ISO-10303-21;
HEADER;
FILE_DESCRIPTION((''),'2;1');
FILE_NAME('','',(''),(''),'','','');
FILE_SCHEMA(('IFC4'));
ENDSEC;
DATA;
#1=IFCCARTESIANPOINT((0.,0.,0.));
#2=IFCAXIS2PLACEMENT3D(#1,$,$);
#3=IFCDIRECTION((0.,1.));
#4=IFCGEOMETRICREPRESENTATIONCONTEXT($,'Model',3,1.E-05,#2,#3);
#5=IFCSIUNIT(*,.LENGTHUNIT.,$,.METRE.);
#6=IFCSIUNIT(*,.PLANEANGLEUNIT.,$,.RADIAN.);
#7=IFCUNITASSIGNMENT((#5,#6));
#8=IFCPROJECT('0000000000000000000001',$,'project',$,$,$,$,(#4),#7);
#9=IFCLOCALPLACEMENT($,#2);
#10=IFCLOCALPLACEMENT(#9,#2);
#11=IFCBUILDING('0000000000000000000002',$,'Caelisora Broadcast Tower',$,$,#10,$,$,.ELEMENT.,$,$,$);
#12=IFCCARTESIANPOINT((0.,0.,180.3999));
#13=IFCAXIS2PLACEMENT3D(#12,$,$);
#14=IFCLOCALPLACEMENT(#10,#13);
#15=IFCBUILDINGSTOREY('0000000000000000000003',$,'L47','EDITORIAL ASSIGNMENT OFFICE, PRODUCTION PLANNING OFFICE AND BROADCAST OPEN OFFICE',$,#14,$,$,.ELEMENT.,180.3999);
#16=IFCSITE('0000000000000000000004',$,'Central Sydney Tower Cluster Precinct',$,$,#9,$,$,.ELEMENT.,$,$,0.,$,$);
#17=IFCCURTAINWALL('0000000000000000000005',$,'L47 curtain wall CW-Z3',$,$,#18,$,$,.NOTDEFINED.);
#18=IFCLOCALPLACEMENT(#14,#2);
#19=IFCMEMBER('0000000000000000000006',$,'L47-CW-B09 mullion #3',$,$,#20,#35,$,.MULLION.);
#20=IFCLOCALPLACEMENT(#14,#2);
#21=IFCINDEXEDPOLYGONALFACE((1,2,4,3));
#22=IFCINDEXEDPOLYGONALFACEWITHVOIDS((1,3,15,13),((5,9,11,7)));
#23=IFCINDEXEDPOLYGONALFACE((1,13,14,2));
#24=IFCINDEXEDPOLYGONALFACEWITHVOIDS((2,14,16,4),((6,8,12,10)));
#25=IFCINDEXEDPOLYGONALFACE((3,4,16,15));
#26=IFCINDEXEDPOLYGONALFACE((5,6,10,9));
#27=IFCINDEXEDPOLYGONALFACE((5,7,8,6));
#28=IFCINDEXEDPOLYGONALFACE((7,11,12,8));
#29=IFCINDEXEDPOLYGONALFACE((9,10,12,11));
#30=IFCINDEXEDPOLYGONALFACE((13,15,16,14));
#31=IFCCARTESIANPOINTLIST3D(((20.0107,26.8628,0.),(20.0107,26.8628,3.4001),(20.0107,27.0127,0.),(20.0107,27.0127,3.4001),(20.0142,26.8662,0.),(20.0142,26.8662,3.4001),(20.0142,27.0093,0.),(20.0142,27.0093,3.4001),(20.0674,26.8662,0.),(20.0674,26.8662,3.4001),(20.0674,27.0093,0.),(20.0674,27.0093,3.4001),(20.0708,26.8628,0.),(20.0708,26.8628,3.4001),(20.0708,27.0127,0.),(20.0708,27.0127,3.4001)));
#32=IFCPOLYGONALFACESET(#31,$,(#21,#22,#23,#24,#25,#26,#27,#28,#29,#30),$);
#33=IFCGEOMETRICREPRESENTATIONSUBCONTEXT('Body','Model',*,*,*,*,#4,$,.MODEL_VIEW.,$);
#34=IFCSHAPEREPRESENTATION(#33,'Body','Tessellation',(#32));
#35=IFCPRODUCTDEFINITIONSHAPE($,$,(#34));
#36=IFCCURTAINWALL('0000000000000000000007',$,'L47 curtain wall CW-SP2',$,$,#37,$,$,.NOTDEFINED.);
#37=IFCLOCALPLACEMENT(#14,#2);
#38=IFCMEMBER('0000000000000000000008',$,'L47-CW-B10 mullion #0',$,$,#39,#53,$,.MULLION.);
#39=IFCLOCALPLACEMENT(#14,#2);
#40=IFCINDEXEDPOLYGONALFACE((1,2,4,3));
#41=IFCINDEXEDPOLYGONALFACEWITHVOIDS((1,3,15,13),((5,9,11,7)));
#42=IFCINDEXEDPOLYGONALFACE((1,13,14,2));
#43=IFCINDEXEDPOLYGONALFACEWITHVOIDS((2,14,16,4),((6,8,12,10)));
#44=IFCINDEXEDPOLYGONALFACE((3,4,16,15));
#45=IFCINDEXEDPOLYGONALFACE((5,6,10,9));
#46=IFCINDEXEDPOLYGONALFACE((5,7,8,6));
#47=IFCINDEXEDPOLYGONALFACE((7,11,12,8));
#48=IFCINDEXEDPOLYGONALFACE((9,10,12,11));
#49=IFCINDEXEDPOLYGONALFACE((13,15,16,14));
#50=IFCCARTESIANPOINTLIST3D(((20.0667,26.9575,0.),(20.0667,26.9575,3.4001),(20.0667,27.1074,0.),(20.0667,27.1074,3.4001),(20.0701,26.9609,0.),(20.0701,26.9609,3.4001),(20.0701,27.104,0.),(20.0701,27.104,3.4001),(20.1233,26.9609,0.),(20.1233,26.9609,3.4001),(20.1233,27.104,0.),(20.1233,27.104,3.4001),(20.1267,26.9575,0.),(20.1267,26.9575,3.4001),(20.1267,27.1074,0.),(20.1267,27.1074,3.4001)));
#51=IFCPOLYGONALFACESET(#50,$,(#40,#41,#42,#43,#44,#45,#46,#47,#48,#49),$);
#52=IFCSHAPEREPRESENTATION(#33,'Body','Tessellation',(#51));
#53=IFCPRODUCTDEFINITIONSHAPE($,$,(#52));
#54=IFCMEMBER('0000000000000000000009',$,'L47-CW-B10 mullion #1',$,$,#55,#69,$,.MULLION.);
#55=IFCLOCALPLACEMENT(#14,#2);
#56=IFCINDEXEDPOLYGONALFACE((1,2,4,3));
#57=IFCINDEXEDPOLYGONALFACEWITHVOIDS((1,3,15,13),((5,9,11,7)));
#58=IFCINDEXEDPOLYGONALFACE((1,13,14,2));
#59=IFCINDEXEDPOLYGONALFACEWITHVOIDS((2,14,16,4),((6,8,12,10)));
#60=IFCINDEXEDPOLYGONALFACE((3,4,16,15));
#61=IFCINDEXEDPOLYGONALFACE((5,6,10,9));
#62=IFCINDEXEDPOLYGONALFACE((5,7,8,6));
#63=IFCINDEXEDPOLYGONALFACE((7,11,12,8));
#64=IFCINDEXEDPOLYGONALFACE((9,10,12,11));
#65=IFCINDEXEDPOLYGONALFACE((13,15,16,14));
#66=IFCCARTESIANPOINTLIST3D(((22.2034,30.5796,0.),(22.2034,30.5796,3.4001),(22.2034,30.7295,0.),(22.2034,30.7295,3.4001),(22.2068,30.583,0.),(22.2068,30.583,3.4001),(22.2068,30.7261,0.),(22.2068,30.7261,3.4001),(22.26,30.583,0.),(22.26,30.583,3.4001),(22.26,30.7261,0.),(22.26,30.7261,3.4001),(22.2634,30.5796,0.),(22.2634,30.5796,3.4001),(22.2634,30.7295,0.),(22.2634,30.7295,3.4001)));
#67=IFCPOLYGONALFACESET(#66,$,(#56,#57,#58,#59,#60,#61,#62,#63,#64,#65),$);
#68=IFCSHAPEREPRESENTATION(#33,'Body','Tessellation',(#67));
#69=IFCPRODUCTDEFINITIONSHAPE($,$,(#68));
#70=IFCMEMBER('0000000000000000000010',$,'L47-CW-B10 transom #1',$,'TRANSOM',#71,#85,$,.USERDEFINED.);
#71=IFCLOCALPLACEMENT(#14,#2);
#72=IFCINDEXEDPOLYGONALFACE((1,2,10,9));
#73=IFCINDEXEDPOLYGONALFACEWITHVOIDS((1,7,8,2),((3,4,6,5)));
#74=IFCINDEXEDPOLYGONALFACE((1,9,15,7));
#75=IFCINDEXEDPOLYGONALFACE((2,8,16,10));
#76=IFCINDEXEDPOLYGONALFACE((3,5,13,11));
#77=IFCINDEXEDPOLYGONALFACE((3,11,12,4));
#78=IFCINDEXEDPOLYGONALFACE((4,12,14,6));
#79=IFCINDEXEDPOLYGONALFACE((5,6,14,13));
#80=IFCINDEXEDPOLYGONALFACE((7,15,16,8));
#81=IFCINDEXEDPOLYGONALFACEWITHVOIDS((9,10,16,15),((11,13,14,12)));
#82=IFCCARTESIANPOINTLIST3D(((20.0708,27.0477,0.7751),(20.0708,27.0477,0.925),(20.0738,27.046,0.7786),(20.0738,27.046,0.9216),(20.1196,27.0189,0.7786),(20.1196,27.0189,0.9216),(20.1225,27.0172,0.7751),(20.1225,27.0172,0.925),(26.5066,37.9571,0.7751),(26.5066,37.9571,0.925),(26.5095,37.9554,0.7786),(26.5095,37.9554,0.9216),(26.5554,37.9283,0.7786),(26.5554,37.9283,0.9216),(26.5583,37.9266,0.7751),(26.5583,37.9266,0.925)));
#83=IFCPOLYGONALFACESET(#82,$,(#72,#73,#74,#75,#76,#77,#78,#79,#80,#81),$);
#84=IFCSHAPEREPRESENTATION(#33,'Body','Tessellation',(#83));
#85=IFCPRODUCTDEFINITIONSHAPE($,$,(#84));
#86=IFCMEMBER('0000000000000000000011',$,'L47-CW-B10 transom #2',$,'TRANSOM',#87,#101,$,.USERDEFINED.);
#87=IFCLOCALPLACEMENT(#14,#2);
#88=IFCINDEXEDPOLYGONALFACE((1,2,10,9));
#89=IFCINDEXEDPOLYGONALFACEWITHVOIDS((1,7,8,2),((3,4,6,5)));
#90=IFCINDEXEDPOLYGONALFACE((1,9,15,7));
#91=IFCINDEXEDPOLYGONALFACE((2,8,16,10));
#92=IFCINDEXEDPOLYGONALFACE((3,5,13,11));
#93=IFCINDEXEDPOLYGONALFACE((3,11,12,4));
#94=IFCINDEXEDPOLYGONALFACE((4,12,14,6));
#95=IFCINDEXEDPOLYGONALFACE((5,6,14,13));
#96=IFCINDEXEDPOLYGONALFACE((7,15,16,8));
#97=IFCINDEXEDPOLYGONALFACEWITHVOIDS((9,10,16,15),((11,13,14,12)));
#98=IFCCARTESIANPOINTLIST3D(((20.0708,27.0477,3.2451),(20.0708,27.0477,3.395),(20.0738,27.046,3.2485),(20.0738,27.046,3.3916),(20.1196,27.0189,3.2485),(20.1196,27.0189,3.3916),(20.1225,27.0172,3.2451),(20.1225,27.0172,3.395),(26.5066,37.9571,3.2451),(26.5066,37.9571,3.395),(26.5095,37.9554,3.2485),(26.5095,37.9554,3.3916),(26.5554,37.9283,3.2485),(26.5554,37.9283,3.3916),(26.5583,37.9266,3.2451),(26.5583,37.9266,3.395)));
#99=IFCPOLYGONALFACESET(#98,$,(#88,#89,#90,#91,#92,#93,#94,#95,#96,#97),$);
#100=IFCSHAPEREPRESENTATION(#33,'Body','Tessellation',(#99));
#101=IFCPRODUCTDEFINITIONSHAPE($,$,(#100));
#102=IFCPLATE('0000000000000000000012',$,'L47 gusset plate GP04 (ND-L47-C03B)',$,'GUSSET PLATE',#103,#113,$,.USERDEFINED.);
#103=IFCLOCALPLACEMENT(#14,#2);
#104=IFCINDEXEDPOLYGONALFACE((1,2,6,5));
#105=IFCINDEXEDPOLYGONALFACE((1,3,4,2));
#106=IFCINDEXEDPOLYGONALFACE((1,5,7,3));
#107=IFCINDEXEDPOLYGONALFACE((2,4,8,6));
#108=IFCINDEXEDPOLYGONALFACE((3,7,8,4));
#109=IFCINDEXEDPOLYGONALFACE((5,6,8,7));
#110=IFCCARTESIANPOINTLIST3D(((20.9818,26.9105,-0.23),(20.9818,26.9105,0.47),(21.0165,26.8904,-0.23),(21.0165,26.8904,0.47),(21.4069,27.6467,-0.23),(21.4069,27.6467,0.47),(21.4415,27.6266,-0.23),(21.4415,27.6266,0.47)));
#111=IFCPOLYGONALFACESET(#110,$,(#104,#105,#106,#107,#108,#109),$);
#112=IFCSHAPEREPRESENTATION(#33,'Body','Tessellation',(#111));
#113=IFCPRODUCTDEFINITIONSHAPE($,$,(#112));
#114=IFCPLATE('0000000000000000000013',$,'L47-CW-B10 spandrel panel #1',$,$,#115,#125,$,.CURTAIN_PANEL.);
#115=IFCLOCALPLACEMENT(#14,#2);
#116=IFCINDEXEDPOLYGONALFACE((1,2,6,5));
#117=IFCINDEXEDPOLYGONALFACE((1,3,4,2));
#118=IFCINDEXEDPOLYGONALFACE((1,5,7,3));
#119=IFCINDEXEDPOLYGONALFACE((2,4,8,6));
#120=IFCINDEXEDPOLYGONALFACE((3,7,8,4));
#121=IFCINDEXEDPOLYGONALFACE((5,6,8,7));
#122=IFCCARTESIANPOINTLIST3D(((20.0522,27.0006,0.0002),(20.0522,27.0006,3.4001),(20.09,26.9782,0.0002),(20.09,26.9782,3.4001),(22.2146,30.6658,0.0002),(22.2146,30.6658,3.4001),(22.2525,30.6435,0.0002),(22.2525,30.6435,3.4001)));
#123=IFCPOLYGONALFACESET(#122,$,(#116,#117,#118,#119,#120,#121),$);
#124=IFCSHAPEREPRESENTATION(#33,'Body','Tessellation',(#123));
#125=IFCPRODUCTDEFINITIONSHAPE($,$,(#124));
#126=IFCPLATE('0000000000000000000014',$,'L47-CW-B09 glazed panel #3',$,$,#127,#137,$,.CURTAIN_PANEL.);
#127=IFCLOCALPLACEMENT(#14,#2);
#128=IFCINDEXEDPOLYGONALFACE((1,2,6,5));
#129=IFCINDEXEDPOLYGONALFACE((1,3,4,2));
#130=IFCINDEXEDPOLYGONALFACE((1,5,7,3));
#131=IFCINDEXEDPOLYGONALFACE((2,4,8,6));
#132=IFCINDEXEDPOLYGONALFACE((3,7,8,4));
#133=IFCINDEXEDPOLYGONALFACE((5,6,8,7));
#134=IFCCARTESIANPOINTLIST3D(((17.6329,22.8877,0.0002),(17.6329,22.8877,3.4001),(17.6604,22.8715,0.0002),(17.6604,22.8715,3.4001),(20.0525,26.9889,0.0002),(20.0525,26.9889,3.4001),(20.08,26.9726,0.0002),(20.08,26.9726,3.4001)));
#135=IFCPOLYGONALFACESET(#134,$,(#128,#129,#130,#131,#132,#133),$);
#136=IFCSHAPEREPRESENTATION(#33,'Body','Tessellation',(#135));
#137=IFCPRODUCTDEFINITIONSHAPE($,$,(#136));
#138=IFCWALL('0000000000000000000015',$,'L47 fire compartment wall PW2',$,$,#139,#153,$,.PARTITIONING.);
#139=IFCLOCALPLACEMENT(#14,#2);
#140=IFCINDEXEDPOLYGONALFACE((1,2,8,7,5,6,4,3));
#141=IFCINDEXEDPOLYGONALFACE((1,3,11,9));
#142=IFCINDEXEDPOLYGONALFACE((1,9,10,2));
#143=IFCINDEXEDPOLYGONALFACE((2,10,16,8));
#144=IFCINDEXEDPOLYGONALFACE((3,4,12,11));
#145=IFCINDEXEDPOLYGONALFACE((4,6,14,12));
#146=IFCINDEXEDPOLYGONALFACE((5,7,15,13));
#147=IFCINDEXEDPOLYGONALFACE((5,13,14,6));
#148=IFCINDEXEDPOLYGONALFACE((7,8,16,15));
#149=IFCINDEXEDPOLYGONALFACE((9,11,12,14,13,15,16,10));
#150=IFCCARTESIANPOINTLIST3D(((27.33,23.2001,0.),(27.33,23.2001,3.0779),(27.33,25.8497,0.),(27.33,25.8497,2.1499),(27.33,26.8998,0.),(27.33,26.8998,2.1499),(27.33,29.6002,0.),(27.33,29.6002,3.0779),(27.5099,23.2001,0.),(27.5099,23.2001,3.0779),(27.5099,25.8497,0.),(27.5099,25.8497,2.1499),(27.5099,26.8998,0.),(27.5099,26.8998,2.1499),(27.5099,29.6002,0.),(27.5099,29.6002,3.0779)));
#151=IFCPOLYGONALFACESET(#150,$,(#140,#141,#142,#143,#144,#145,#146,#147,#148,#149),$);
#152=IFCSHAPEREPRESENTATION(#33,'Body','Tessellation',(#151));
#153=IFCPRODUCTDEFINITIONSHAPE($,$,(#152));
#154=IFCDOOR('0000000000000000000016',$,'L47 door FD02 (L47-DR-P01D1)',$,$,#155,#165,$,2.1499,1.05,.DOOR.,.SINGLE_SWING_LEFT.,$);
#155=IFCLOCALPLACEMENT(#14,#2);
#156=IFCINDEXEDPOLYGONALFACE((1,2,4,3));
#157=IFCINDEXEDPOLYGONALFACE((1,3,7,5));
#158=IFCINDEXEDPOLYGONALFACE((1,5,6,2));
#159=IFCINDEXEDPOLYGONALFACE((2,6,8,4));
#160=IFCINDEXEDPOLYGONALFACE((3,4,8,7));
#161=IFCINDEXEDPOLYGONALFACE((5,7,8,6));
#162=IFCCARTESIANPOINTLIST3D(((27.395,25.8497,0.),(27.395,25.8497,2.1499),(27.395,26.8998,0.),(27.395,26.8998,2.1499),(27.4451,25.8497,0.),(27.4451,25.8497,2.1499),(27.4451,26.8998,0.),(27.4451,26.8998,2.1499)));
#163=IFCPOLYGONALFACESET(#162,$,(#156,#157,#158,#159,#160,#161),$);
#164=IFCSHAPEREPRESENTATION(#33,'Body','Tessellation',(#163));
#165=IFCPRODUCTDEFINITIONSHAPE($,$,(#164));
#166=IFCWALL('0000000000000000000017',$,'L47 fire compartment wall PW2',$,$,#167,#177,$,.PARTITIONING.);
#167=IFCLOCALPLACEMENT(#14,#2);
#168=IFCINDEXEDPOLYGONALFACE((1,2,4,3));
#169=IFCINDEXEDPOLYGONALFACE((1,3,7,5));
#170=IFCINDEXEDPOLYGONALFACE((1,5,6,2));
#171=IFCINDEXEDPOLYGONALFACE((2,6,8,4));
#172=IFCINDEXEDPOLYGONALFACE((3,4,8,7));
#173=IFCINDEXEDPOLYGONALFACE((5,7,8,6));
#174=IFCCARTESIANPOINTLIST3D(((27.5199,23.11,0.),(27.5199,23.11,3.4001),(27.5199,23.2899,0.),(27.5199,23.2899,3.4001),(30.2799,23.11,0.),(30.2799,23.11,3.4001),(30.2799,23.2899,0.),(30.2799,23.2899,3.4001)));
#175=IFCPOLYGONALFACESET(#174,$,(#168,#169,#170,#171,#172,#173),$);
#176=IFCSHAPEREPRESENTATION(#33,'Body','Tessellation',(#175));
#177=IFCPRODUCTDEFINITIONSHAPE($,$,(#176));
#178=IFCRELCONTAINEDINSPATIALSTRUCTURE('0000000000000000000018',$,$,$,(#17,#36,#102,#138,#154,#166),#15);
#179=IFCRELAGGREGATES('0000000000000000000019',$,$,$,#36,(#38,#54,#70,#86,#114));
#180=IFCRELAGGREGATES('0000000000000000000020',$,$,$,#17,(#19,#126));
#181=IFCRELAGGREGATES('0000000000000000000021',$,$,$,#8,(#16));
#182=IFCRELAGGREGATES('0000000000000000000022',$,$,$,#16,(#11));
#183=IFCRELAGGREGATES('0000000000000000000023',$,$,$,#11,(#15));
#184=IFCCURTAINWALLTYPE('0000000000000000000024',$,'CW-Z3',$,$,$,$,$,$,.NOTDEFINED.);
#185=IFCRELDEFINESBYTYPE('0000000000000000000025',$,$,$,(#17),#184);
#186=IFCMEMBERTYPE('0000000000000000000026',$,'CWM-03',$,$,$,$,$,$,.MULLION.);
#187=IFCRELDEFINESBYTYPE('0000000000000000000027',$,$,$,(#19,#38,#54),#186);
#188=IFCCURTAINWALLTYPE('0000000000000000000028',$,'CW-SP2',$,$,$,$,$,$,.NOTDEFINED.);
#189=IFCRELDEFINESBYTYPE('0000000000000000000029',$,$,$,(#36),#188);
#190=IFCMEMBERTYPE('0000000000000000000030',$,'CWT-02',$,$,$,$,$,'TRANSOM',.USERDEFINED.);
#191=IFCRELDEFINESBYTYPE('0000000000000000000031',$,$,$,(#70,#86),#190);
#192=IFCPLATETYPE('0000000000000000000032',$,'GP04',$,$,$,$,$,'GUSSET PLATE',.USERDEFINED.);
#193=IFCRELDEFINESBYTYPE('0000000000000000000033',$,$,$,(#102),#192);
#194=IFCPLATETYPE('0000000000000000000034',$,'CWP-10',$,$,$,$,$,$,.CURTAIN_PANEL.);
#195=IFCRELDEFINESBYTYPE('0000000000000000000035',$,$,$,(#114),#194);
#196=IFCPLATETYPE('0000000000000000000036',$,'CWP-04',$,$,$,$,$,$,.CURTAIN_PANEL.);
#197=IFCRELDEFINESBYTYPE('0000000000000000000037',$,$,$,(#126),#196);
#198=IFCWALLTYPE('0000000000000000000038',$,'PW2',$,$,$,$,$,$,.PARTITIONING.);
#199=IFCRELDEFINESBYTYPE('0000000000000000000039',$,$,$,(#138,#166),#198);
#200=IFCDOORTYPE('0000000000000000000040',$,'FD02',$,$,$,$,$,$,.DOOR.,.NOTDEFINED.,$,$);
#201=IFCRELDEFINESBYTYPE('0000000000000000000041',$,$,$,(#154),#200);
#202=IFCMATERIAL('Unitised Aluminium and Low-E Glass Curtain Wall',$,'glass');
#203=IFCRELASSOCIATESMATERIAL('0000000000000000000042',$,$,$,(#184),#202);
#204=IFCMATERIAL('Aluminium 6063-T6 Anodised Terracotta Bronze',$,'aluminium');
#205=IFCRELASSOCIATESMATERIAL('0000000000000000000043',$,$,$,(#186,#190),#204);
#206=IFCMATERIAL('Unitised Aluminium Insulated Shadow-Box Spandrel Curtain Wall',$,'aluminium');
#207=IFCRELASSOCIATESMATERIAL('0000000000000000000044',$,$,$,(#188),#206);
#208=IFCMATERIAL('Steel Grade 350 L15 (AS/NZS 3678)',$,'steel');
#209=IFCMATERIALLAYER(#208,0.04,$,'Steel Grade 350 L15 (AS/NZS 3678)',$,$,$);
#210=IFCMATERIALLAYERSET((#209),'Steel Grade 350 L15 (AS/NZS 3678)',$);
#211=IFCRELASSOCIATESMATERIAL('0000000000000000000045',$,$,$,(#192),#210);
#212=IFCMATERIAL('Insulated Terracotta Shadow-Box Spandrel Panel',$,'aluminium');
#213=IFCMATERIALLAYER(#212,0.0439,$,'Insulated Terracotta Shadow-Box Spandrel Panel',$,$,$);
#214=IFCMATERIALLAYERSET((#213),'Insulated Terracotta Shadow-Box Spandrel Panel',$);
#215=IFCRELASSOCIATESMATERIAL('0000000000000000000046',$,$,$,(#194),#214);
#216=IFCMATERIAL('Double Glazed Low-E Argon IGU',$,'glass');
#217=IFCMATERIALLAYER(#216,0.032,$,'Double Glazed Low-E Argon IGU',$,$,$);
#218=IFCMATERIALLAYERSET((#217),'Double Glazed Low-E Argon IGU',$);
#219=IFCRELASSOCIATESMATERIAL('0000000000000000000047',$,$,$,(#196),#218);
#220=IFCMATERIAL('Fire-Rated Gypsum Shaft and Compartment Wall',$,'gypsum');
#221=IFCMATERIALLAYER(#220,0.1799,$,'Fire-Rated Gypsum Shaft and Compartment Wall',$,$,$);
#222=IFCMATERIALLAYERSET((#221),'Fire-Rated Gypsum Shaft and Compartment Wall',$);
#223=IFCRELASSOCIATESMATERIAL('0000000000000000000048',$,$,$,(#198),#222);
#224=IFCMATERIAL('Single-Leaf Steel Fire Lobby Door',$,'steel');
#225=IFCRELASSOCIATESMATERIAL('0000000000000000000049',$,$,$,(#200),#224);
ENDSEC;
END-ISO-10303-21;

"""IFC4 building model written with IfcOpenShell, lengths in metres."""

from ifc_helpers import new_model, si_unit, direction, frame, frame_2d, origin, origin_2d, place, context, subcontext, project, spatial, rectangle, hollow_rectangle, extrude, source, transform, mapped, material, layer, layer_set, material_profile, profile_set, type_object, type_shapes, element, fill, aggregate, save


model = new_model("IFC4")

# Units and contexts
model_context = context("Model", 3, precision=1e-05, world=origin(), true_north=direction((0.0, 1.0)))
body_context = subcontext(model_context, "Body", "Model", "MODEL_VIEW")
ifc_project = project(units=[si_unit("LENGTHUNIT", "METRE"), si_unit("PLANEANGLEUNIT", "RADIAN")], contexts=[model_context])

# Site, building, storey
site_placement = place(None, origin())
site = spatial("IfcSite", under=ifc_project, at=site_placement, Name="Central Sydney Tower Cluster Precinct", CompositionType="ELEMENT", RefElevation=0.0)
building_placement = place(site_placement, origin())
building = spatial("IfcBuilding", under=site, at=building_placement, Name="Caelisora Broadcast Tower", CompositionType="ELEMENT")
storey_placement = place(building_placement, frame((0.0, 0.0, 180.3999)))
storey = spatial("IfcBuildingStorey", under=building, at=storey_placement, Name="L47", Description="EDITORIAL ASSIGNMENT OFFICE, PRODUCTION PLANNING OFFICE AND BROADCAST OPEN OFFICE", CompositionType="ELEMENT", Elevation=180.3999)

# Shared definitions
ifc_material_1 = material(Name="Steel Grade 350 L15 (AS/NZS 3678)", Category="steel")

# Curtain walls, members
ifc_material_2 = material(Name="Unitised Aluminium and Low-E Glass Curtain Wall", Category="glass")
curtain_wall_type_1 = type_object("IfcCurtainWallType", Name="CW-Z3", PredefinedType="NOTDEFINED", material=ifc_material_2)
curtain_wall_1_placement = place(storey_placement, origin())
curtain_wall_1 = element("IfcCurtainWall", 1, at=curtain_wall_1_placement, inside=storey, type_object=curtain_wall_type_1, Name="L47 curtain wall CW-Z3", PredefinedType="NOTDEFINED")
ifc_material_3 = material(Name="Aluminium 6063-T6 Anodised Terracotta Bronze", Category="aluminium")
ifc_material_profile_1 = material_profile(ifc_material_3, hollow_rectangle(XDim=0.0601, YDim=0.1499, WallThickness=0.0034, at=origin_2d()), Name="Aluminium 6063-T6 Anodised Terracotta Bronze")
ifc_profile_set_1 = profile_set([ifc_material_profile_1], Name="Aluminium 6063-T6 Anodised Terracotta Bronze")
member_type_1 = type_object("IfcMemberType", Name="CWM-03", PredefinedType="MULLION", material=ifc_profile_set_1)
shared_shape_1 = source(origin(), body_context, "Body", "SweptSolid", [
    extrude(hollow_rectangle(XDim=0.0601, YDim=0.1499, WallThickness=0.0034, at=origin_2d()), origin(), (0.0, 0.0, 1.0), 3.4001),
])
type_shapes(member_type_1, [shared_shape_1])
member_1_placement = place(storey_placement, frame((20.0408, 26.9377, 0.0), z_axis=(0.0, 0.0, 1.0), x_axis=(1.0, 0.0, 0.0)))
member_1 = element("IfcMember", 2, at=member_1_placement, type_object=member_type_1, Name="L47-CW-B09 mullion #3", PredefinedType="MULLION", context=body_context, shape_type="MappedRepresentation", body=[
    mapped(shared_shape_1, transform((0.0, 0.0, 0.0), scale=1.0)),
])
ifc_material_4 = material(Name="Unitised Aluminium Insulated Shadow-Box Spandrel Curtain Wall", Category="aluminium")
curtain_wall_type_2 = type_object("IfcCurtainWallType", Name="CW-SP2", PredefinedType="NOTDEFINED", material=ifc_material_4)
curtain_wall_2_placement = place(storey_placement, origin())
curtain_wall_2 = element("IfcCurtainWall", 3, at=curtain_wall_2_placement, inside=storey, type_object=curtain_wall_type_2, Name="L47 curtain wall CW-SP2", PredefinedType="NOTDEFINED")
member_2_placement = place(storey_placement, frame((20.0967, 27.0325, 0.0), z_axis=(0.0, 0.0, 1.0), x_axis=(1.0, 0.0, 0.0)))
member_2 = element("IfcMember", 4, at=member_2_placement, type_object=member_type_1, Name="L47-CW-B10 mullion #0", PredefinedType="MULLION", context=body_context, shape_type="MappedRepresentation", body=[
    mapped(shared_shape_1, transform((0.0, 0.0, 0.0), scale=1.0)),
])
member_3_placement = place(storey_placement, frame((22.2334, 30.6545, 0.0), z_axis=(0.0, 0.0, 1.0), x_axis=(1.0, 0.0, 0.0)))
member_3 = element("IfcMember", 5, at=member_3_placement, type_object=member_type_1, Name="L47-CW-B10 mullion #1", PredefinedType="MULLION", context=body_context, shape_type="MappedRepresentation", body=[
    mapped(shared_shape_1, transform((0.0, 0.0, 0.0), scale=1.0)),
])
ifc_material_profile_2 = material_profile(ifc_material_3, hollow_rectangle(XDim=0.0601, YDim=0.1499, WallThickness=0.0034, at=origin_2d()), Name="Aluminium 6063-T6 Anodised Terracotta Bronze")
ifc_profile_set_2 = profile_set([ifc_material_profile_2], Name="Aluminium 6063-T6 Anodised Terracotta Bronze")
member_type_2 = type_object("IfcMemberType", Name="CWT-02", ElementType="TRANSOM", PredefinedType="USERDEFINED", material=ifc_profile_set_2)
shared_shape_2 = source(origin(), body_context, "Body", "SweptSolid", [
    extrude(hollow_rectangle(XDim=0.0601, YDim=0.1499, WallThickness=0.0034, at=origin_2d()), origin(), (0.0, 0.0, 1.0), 12.6663),
])
type_shapes(member_type_2, [shared_shape_2])
member_4_placement = place(storey_placement, frame((20.0967, 27.0325, 0.8501), z_axis=(0.508104, 0.861296, 0.0), x_axis=(-0.861296, 0.508104, 0.0)))
member_4 = element("IfcMember", 6, at=member_4_placement, type_object=member_type_2, Name="L47-CW-B10 transom #1", ObjectType="TRANSOM", PredefinedType="USERDEFINED", context=body_context, shape_type="MappedRepresentation", body=[
    mapped(shared_shape_2, transform((0.0, 0.0, 0.0), scale=1.0)),
])
member_5_placement = place(storey_placement, frame((20.0967, 27.0325, 3.3201), z_axis=(0.508104, 0.861296, 0.0), x_axis=(-0.861296, 0.508104, 0.0)))
member_5 = element("IfcMember", 7, at=member_5_placement, type_object=member_type_2, Name="L47-CW-B10 transom #2", ObjectType="TRANSOM", PredefinedType="USERDEFINED", context=body_context, shape_type="MappedRepresentation", body=[
    mapped(shared_shape_2, transform((0.0, 0.0, 0.0), scale=1.0)),
])

# Plates
ifc_layer_1 = layer(ifc_material_1, 0.04, Name="Steel Grade 350 L15 (AS/NZS 3678)")
ifc_layer_set_1 = layer_set([ifc_layer_1], Name="Steel Grade 350 L15 (AS/NZS 3678)")
plate_type_1 = type_object("IfcPlateType", Name="GP04", ElementType="GUSSET PLATE", PredefinedType="USERDEFINED", material=ifc_layer_set_1)
shared_shape_3 = source(origin(), body_context, "Body", "SweptSolid", [
    extrude(rectangle(XDim=0.8501, YDim=0.04, at=origin_2d()), origin(), (0.0, 0.0, 1.0), 0.7),
])
type_shapes(plate_type_1, [shared_shape_3])
plate_1_placement = place(storey_placement, frame((21.2117, 27.2686, -0.23), z_axis=(0.0, 0.0, 1.0), x_axis=(-0.5, -0.866025, 0.0)))
element("IfcPlate", 8, at=plate_1_placement, inside=storey, type_object=plate_type_1, Name="L47 gusset plate GP04 (ND-L47-C03B)", ObjectType="GUSSET PLATE", PredefinedType="USERDEFINED", context=body_context, shape_type="MappedRepresentation", body=[
    mapped(shared_shape_3, transform((0.0, 0.0, 0.0), scale=1.0)),
])
ifc_material_5 = material(Name="Insulated Terracotta Shadow-Box Spandrel Panel", Category="aluminium")
ifc_layer_2 = layer(ifc_material_5, 0.0439, Name="Insulated Terracotta Shadow-Box Spandrel Panel")
ifc_layer_set_2 = layer_set([ifc_layer_2], Name="Insulated Terracotta Shadow-Box Spandrel Panel")
plate_type_2 = type_object("IfcPlateType", Name="CWP-10", PredefinedType="CURTAIN_PANEL", material=ifc_layer_set_2)
shared_shape_4 = source(origin(), body_context, "Body", "SweptSolid", [
    extrude(rectangle(XDim=4.2556, YDim=0.0439, at=origin_2d()), origin(), (0.0, 0.0, 1.0), 3.3999),
])
type_shapes(plate_type_2, [shared_shape_4])
plate_2_placement = place(storey_placement, frame((21.1523, 28.822, 0.0002), z_axis=(0.0, 0.0, 1.0), x_axis=(0.50814, 0.861275, 0.0)))
plate_2 = element("IfcPlate", 9, at=plate_2_placement, type_object=plate_type_2, Name="L47-CW-B10 spandrel panel #1", PredefinedType="CURTAIN_PANEL", context=body_context, shape_type="MappedRepresentation", body=[
    mapped(shared_shape_4, transform((0.0, 0.0, 0.0), scale=1.0)),
])
aggregate(curtain_wall_2, [member_2, member_3, member_4, member_5, plate_2])
ifc_material_6 = material(Name="Double Glazed Low-E Argon IGU", Category="glass")
ifc_layer_3 = layer(ifc_material_6, 0.032, Name="Double Glazed Low-E Argon IGU")
ifc_layer_set_3 = layer_set([ifc_layer_3], Name="Double Glazed Low-E Argon IGU")
plate_type_3 = type_object("IfcPlateType", Name="CWP-04", PredefinedType="CURTAIN_PANEL", material=ifc_layer_set_3)
shared_shape_5 = source(origin(), body_context, "Body", "SweptSolid", [
    extrude(rectangle(XDim=4.7617, YDim=0.032, at=origin_2d()), origin(), (0.0, 0.0, 1.0), 3.3999),
])
type_shapes(plate_type_3, [shared_shape_5])
plate_3_placement = place(storey_placement, frame((18.8564, 24.9302, 0.0002), z_axis=(0.0, 0.0, 1.0), x_axis=(0.50814, 0.861275, 0.0)))
plate_3 = element("IfcPlate", 10, at=plate_3_placement, type_object=plate_type_3, Name="L47-CW-B09 glazed panel #3", PredefinedType="CURTAIN_PANEL", context=body_context, shape_type="MappedRepresentation", body=[
    mapped(shared_shape_5, transform((0.0, 0.0, 0.0), scale=1.0)),
])
aggregate(curtain_wall_1, [member_1, plate_3])

# Wall, opening, door
ifc_material_7 = material(Name="Fire-Rated Gypsum Shaft and Compartment Wall", Category="gypsum")
ifc_layer_4 = layer(ifc_material_7, 0.1799, Name="Fire-Rated Gypsum Shaft and Compartment Wall")
ifc_layer_set_4 = layer_set([ifc_layer_4], Name="Fire-Rated Gypsum Shaft and Compartment Wall")
wall_type_1 = type_object("IfcWallType", Name="PW2", PredefinedType="PARTITIONING", material=ifc_layer_set_4)
wall_1_placement = place(storey_placement, frame((27.4199, 23.2, 0.0), z_axis=(0.0, 0.0, 1.0), x_axis=(0.0, 1.0, 0.0)))
wall_1 = element("IfcWall", 11, at=wall_1_placement, inside=storey, type_object=wall_type_1, Name="L47 fire compartment wall PW2", PredefinedType="PARTITIONING", context=body_context, shape_type="SweptSolid", body=[
    extrude(rectangle(XDim=6.4001, YDim=0.1799, at=frame_2d((3.2002, 0.0))), origin(), (0.0, 0.0, 1.0), 3.0779),
])
opening_1_placement = place(wall_1_placement, frame((2.6499, 0.0, 0.0)))
opening_1 = element("IfcOpeningElement", 12, at=opening_1_placement, cuts=wall_1, PredefinedType="OPENING", context=body_context, shape_type="SweptSolid", body=[
    extrude(rectangle(XDim=1.05, YDim=2.1499, at=frame_2d((0.5249, 1.075))), frame((0.0, 0.1021, 0.0), z_axis=(0.0, -1.0, 0.0), x_axis=(1.0, 0.0, 0.0)), (0.0, 0.0, 1.0), 0.2039),
])
ifc_material_8 = material(Name="Single-Leaf Steel Fire Lobby Door", Category="steel")
door_type_1 = type_object("IfcDoorType", Name="FD02", OperationType="NOTDEFINED", PredefinedType="DOOR", material=ifc_material_8)
door_1_placement = place(opening_1_placement, origin())
door_1 = element("IfcDoor", 13, at=door_1_placement, inside=storey, type_object=door_type_1, Name="L47 door FD02 (L47-DR-P01D1)", OperationType="SINGLE_SWING_LEFT", OverallHeight=2.1499, OverallWidth=1.05, PredefinedType="DOOR", context=body_context, shape_type="SweptSolid", body=[
    extrude(rectangle(XDim=1.05, YDim=2.1499, at=frame_2d((0.5249, 1.075))), frame((0.0, 0.0249, 0.0), z_axis=(0.0, -1.0, 0.0), x_axis=(1.0, 0.0, 0.0)), (0.0, 0.0, 1.0), 0.05),
])
fill(opening_1, door_1)

# Wall
wall_2_placement = place(storey_placement, frame((27.52, 23.2, 0.0), z_axis=(0.0, 0.0, 1.0), x_axis=(1.0, 0.0, 0.0)))
element("IfcWall", 14, at=wall_2_placement, inside=storey, type_object=wall_type_1, Name="L47 fire compartment wall PW2", PredefinedType="PARTITIONING", context=body_context, shape_type="SweptSolid", body=[
    extrude(rectangle(XDim=2.76, YDim=0.1799, at=frame_2d((1.3799, 0.0))), origin(), (0.0, 0.0, 1.0), 3.4001),
])

save(model, "model.ifc")
